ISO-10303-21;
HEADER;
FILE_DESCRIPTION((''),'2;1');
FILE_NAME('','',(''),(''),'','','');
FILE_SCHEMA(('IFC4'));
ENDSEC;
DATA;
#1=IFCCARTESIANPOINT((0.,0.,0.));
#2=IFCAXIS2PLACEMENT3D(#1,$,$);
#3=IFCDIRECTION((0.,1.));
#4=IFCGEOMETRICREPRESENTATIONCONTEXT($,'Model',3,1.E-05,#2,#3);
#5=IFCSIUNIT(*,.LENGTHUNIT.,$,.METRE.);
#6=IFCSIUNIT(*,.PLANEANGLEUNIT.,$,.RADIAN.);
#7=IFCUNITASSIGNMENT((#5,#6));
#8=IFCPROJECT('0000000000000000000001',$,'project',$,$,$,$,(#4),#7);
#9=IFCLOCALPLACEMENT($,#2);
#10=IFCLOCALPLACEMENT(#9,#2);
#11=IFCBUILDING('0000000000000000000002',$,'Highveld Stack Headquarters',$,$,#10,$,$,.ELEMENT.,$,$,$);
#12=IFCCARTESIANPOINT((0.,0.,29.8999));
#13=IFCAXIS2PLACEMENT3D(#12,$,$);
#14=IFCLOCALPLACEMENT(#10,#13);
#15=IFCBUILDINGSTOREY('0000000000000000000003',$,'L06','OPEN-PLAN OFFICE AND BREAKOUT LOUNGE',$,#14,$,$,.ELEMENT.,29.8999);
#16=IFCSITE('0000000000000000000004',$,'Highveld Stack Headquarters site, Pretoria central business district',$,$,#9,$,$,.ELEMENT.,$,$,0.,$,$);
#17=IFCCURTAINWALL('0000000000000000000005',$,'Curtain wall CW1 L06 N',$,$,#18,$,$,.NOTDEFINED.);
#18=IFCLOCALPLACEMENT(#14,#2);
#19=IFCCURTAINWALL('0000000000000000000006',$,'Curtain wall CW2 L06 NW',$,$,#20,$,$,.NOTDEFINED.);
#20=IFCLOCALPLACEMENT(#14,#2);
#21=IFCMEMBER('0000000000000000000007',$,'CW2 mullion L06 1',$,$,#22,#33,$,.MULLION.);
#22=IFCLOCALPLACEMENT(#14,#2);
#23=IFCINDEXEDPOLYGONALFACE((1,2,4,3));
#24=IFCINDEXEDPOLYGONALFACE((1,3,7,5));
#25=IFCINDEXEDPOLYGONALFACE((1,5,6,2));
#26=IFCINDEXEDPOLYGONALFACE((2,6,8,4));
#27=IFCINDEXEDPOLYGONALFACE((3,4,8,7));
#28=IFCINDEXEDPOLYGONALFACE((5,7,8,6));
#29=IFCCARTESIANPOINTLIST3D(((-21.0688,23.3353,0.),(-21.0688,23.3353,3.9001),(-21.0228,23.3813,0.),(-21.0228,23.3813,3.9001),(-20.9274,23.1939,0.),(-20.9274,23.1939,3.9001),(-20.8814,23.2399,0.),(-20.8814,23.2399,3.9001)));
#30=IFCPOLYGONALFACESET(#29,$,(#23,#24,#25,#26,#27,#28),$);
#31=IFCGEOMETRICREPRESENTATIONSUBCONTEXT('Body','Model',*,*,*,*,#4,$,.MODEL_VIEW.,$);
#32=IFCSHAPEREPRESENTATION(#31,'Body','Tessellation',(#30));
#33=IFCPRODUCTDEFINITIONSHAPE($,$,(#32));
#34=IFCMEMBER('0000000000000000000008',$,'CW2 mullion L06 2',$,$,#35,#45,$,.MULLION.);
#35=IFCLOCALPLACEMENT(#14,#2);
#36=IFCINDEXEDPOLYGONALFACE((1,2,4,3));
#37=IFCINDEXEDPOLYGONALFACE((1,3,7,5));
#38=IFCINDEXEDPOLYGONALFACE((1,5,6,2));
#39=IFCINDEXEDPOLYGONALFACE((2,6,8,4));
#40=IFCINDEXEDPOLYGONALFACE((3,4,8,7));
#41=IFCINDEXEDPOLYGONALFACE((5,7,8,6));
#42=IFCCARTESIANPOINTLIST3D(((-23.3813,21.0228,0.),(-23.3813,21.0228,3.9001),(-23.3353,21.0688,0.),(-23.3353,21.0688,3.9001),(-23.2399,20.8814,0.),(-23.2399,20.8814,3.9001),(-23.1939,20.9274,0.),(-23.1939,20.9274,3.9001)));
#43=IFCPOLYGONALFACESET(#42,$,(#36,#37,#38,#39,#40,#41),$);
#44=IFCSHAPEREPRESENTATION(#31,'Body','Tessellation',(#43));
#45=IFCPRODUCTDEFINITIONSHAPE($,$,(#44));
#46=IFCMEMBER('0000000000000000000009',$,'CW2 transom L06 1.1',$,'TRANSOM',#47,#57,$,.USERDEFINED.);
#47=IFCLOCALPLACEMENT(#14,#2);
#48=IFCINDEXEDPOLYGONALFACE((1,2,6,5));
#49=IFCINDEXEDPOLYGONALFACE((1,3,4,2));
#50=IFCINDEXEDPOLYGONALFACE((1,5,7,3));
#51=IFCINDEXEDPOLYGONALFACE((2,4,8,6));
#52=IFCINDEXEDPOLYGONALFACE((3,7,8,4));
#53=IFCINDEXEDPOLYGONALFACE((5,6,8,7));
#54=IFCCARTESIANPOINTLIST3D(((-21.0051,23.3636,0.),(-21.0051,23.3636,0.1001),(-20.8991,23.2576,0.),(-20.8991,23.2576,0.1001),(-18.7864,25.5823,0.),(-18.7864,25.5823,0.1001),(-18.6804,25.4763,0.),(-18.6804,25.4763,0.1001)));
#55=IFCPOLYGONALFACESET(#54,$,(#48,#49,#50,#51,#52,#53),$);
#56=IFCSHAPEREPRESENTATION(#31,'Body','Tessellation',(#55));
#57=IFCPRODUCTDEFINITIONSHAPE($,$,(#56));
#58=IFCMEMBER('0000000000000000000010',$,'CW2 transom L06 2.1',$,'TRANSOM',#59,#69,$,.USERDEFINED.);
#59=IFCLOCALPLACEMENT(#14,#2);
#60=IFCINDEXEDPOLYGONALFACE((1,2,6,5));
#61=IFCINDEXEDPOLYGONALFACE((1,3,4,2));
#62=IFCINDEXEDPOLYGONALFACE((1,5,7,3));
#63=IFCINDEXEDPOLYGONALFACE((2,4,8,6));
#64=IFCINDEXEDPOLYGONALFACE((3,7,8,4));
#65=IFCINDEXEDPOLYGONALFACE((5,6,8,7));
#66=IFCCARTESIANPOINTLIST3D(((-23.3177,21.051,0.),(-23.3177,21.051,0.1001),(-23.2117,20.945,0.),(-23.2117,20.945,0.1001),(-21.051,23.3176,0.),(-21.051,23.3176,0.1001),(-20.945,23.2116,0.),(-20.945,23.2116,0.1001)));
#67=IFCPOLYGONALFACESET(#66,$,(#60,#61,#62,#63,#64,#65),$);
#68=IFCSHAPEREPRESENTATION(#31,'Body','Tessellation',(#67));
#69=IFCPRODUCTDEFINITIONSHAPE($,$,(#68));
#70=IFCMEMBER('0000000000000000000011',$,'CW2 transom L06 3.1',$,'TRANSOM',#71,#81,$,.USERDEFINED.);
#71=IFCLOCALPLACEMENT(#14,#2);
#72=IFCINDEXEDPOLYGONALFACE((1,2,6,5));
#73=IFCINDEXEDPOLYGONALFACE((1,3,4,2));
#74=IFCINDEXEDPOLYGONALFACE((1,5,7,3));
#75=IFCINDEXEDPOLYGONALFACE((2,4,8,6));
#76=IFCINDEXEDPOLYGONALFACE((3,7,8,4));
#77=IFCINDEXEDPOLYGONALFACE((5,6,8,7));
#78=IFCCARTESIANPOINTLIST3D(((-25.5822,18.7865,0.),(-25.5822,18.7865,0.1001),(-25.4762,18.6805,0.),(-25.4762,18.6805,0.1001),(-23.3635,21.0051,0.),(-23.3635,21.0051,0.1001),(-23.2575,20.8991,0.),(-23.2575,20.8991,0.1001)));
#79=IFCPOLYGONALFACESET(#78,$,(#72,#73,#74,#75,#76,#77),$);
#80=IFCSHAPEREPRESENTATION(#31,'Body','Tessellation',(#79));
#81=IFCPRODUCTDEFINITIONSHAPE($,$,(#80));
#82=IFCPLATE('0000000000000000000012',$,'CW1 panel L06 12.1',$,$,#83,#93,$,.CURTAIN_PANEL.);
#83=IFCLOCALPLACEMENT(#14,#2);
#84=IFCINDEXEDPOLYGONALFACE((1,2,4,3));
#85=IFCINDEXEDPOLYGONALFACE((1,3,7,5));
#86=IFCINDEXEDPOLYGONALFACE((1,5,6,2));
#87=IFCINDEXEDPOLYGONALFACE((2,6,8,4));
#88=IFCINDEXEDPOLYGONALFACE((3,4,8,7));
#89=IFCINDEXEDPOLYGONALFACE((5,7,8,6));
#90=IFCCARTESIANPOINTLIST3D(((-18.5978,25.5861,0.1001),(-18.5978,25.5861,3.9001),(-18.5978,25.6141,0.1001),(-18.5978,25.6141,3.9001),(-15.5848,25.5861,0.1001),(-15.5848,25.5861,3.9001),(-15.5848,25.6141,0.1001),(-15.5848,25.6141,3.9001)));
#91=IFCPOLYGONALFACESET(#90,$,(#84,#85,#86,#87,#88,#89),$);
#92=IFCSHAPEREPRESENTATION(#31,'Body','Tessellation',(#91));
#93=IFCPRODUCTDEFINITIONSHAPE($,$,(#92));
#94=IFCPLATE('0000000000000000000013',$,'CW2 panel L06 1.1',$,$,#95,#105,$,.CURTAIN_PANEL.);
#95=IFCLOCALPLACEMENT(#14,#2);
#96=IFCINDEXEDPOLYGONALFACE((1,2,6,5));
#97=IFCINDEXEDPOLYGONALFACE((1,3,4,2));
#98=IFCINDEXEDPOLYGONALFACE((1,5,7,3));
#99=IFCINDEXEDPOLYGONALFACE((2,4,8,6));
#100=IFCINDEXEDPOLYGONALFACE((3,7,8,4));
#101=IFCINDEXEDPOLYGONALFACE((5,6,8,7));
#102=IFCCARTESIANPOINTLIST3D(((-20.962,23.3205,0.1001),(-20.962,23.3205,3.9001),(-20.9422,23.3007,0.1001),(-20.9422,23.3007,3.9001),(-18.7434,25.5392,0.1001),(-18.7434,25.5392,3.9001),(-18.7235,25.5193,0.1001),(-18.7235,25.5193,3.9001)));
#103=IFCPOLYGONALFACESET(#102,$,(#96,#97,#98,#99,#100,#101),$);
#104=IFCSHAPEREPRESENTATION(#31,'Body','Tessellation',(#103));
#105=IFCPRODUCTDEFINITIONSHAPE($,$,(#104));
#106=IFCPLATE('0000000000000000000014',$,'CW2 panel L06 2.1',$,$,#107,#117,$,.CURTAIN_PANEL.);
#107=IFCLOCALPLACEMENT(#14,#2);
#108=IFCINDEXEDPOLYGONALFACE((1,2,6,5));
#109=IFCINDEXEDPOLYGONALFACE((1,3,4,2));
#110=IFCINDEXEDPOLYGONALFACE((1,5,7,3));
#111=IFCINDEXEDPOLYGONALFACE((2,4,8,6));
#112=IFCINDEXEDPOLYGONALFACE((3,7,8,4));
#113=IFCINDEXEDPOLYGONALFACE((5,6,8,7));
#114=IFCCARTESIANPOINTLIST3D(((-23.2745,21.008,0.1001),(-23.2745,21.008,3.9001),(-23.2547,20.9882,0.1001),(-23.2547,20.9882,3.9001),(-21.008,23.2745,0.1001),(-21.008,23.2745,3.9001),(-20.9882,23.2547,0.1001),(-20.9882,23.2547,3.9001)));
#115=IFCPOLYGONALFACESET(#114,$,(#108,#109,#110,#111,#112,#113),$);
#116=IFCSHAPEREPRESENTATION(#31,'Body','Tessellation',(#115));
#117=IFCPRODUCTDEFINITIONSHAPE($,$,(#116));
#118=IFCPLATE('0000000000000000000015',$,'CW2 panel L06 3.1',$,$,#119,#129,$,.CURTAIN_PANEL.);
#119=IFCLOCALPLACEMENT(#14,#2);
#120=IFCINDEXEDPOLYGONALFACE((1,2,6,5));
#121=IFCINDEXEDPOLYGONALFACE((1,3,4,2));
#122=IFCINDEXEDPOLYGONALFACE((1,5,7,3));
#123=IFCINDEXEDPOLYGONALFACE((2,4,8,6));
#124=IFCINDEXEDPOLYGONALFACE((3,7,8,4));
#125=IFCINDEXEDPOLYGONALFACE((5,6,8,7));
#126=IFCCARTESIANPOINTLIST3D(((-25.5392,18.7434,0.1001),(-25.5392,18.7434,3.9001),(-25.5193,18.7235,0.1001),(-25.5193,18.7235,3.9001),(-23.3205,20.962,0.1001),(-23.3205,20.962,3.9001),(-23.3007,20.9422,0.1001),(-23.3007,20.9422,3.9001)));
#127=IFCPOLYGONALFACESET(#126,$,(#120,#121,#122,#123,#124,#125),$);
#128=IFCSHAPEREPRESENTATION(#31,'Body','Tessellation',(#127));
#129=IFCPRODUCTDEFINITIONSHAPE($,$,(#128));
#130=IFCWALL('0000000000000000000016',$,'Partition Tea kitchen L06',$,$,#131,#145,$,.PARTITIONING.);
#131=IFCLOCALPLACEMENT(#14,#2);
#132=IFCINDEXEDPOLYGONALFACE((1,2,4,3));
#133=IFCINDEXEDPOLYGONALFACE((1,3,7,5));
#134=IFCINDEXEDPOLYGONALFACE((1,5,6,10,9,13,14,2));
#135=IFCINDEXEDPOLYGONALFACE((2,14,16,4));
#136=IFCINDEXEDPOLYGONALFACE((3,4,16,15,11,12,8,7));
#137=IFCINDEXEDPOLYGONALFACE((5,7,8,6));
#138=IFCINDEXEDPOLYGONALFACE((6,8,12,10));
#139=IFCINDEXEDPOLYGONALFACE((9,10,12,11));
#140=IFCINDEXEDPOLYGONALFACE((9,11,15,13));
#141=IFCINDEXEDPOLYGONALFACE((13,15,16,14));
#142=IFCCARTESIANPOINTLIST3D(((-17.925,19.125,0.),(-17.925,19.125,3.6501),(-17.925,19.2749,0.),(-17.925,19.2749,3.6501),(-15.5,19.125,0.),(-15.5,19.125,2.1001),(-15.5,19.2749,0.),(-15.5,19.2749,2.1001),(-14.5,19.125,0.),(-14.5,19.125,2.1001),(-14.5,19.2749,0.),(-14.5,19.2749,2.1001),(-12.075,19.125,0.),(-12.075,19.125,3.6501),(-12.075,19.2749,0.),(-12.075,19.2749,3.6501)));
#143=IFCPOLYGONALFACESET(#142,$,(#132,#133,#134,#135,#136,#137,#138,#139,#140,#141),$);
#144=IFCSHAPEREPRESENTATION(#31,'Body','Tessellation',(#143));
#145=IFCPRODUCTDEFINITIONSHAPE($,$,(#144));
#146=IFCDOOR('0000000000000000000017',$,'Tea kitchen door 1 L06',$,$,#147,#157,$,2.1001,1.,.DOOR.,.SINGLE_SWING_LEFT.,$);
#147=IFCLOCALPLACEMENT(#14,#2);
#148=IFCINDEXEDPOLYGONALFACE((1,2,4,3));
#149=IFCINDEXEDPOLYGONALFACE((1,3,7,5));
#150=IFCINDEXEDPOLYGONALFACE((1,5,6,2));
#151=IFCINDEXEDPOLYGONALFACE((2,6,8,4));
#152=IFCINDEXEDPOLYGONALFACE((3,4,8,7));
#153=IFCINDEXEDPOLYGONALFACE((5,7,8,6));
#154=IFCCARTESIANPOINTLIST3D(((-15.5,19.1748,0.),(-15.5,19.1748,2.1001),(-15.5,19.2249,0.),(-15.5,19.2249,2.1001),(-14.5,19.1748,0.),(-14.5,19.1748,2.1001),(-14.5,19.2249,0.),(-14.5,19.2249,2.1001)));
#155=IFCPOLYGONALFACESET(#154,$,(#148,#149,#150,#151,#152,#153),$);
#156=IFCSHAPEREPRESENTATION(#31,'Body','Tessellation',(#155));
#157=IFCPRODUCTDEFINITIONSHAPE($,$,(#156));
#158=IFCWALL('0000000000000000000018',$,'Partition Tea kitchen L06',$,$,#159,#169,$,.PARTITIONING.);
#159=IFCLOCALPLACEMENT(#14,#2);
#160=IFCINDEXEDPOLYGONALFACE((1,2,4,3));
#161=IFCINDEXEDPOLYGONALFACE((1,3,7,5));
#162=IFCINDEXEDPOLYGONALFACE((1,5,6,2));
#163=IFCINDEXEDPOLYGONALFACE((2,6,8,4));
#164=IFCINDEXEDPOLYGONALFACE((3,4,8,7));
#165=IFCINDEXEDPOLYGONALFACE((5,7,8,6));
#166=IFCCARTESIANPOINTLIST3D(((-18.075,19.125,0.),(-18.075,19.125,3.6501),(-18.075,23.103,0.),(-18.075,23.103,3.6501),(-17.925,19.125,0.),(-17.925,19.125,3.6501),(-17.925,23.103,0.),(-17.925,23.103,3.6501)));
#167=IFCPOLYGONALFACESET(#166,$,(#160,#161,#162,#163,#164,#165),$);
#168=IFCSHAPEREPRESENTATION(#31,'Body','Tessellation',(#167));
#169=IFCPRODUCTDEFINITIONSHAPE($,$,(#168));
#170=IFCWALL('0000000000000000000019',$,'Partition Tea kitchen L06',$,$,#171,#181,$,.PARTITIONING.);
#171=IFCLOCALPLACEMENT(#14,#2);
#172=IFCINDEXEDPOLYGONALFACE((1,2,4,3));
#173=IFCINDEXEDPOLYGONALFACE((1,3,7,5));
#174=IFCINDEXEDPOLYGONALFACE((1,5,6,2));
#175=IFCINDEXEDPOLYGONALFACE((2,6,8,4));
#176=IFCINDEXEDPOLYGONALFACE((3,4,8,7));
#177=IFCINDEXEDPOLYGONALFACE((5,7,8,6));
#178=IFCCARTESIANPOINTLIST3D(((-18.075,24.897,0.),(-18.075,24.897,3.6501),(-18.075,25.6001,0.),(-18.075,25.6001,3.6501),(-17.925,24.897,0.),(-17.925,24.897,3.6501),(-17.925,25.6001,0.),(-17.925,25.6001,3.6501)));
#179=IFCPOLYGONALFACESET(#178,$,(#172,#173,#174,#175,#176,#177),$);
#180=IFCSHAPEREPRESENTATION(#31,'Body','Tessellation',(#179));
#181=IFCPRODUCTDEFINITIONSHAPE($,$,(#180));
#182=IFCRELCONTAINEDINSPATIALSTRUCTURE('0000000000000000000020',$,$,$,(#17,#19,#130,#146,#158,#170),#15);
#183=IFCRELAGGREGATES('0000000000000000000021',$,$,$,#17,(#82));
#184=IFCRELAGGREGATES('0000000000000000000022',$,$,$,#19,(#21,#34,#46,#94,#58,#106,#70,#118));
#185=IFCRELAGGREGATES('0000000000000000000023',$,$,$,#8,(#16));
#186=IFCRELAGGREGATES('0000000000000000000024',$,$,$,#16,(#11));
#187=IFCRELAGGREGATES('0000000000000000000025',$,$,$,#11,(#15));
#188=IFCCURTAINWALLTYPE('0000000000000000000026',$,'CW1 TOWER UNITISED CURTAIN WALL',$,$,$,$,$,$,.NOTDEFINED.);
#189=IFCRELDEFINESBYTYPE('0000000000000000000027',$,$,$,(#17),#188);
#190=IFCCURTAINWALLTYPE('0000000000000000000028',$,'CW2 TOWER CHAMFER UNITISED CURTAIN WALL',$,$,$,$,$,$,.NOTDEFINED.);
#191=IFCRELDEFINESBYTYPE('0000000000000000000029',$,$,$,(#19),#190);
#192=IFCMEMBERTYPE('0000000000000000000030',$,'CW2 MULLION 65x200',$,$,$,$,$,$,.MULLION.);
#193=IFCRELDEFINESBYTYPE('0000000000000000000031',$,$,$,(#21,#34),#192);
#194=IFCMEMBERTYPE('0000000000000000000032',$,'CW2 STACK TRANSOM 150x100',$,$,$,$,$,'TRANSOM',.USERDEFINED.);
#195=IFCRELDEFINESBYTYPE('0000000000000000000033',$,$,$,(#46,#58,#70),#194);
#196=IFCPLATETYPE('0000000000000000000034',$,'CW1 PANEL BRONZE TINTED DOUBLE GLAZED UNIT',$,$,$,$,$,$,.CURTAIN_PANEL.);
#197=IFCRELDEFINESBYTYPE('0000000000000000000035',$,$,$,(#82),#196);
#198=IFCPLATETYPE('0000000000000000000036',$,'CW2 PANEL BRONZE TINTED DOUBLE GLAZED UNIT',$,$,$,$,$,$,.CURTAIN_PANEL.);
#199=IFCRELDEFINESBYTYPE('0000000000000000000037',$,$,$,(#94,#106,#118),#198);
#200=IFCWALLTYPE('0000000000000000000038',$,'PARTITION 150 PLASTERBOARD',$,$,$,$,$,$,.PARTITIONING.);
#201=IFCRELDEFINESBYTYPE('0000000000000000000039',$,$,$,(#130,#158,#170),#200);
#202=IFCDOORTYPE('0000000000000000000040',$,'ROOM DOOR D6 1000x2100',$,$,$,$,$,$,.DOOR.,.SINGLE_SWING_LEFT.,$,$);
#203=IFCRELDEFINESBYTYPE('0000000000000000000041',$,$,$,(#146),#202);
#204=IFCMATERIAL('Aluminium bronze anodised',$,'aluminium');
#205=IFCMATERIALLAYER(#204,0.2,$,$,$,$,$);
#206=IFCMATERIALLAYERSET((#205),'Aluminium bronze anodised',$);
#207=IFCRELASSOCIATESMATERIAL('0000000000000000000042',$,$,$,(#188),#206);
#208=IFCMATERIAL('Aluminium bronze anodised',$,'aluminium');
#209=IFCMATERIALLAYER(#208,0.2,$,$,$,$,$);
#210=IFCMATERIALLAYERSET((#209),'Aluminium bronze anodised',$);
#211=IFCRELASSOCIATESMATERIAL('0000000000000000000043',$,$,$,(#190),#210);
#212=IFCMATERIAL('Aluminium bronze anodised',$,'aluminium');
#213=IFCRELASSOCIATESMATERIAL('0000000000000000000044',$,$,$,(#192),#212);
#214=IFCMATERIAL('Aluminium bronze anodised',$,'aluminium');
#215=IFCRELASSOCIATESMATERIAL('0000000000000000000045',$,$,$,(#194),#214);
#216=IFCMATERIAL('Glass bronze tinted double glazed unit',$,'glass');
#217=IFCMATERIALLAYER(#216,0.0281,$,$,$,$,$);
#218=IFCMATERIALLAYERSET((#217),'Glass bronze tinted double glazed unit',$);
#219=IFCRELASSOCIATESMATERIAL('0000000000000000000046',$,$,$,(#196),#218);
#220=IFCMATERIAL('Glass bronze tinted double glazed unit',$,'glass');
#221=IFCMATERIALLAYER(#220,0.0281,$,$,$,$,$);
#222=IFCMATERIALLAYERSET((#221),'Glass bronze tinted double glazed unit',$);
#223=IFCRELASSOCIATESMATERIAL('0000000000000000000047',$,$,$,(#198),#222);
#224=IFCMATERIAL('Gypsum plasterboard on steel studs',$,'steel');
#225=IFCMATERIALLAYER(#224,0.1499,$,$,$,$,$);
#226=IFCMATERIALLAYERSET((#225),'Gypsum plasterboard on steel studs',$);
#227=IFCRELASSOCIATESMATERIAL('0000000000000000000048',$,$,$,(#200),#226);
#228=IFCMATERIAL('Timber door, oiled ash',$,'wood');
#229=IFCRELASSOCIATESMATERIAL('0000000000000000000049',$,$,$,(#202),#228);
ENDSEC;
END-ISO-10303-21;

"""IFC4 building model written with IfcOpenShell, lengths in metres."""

from ifc_helpers import new_model, si_unit, direction, frame, frame_2d, origin, origin_2d, place, context, subcontext, project, spatial, rectangle, extrude, material, layer, layer_set, material_profile, profile_set, type_object, element, fill, aggregate, save


model = new_model("IFC4")

# Units and contexts
model_context = context("Model", 3, precision=1e-05, world=origin(), true_north=direction((0.0, 1.0)))
body_context = subcontext(model_context, "Body", "Model", "MODEL_VIEW")
ifc_project = project(units=[si_unit("LENGTHUNIT", "METRE"), si_unit("PLANEANGLEUNIT", "RADIAN")], contexts=[model_context])

# Site, building, storey
site_placement = place(None, origin())
site = spatial("IfcSite", under=ifc_project, at=site_placement, Name="Highveld Stack Headquarters site, Pretoria central business district", CompositionType="ELEMENT", RefElevation=0.0)
building_placement = place(site_placement, origin())
building = spatial("IfcBuilding", under=site, at=building_placement, Name="Highveld Stack Headquarters", CompositionType="ELEMENT")
storey_placement = place(building_placement, frame((0.0, 0.0, 29.8999)))
storey = spatial("IfcBuildingStorey", under=building, at=storey_placement, Name="L06", Description="OPEN-PLAN OFFICE AND BREAKOUT LOUNGE", CompositionType="ELEMENT", Elevation=29.8999)

# Curtain wall
ifc_material_1 = material(Name="Aluminium bronze anodised", Category="aluminium")
ifc_layer_1 = layer(ifc_material_1, 0.2)
ifc_layer_set_1 = layer_set([ifc_layer_1], Name="Aluminium bronze anodised")
curtain_wall_type_1 = type_object("IfcCurtainWallType", Name="CW1 TOWER UNITISED CURTAIN WALL", PredefinedType="NOTDEFINED", material=ifc_layer_set_1)
curtain_wall_1_placement = place(storey_placement, origin())
curtain_wall_1 = element("IfcCurtainWall", 1, at=curtain_wall_1_placement, inside=storey, type_object=curtain_wall_type_1, Name="Curtain wall CW1 L06 N", PredefinedType="NOTDEFINED")

# Curtain wall, members
ifc_material_2 = material(Name="Aluminium bronze anodised", Category="aluminium")
ifc_layer_2 = layer(ifc_material_2, 0.2)
ifc_layer_set_2 = layer_set([ifc_layer_2], Name="Aluminium bronze anodised")
curtain_wall_type_2 = type_object("IfcCurtainWallType", Name="CW2 TOWER CHAMFER UNITISED CURTAIN WALL", PredefinedType="NOTDEFINED", material=ifc_layer_set_2)
curtain_wall_2_placement = place(storey_placement, origin())
curtain_wall_2 = element("IfcCurtainWall", 2, at=curtain_wall_2_placement, inside=storey, type_object=curtain_wall_type_2, Name="Curtain wall CW2 L06 NW", PredefinedType="NOTDEFINED")
ifc_material_3 = material(Name="Aluminium bronze anodised", Category="aluminium")
ifc_material_profile_1 = material_profile(ifc_material_3, rectangle(XDim=0.2, YDim=0.0649, at=origin_2d()), Name="CW2 MULLION 65x200")
ifc_profile_set_1 = profile_set([ifc_material_profile_1], Name="Aluminium bronze anodised")
member_type_1 = type_object("IfcMemberType", Name="CW2 MULLION 65x200", PredefinedType="MULLION", material=ifc_profile_set_1)
member_1_placement = place(storey_placement, frame((-20.9751, 23.2876, 0.0), z_axis=(0.0, 0.0, 1.0), x_axis=(0.707107, -0.707107, 0.0)))
member_1 = element("IfcMember", 3, at=member_1_placement, type_object=member_type_1, Name="CW2 mullion L06 1", PredefinedType="MULLION", context=body_context, shape_type="SweptSolid", body=[
    extrude(rectangle(XDim=0.2, YDim=0.0649, at=origin_2d()), origin(), (0.0, 0.0, 1.0), 3.9001),
])
member_2_placement = place(storey_placement, frame((-23.2876, 20.9751, 0.0), z_axis=(0.0, 0.0, 1.0), x_axis=(0.707107, -0.707107, 0.0)))
member_2 = element("IfcMember", 4, at=member_2_placement, type_object=member_type_1, Name="CW2 mullion L06 2", PredefinedType="MULLION", context=body_context, shape_type="SweptSolid", body=[
    extrude(rectangle(XDim=0.2, YDim=0.0649, at=origin_2d()), origin(), (0.0, 0.0, 1.0), 3.9001),
])
ifc_material_4 = material(Name="Aluminium bronze anodised", Category="aluminium")
ifc_material_profile_2 = material_profile(ifc_material_4, rectangle(XDim=0.1499, YDim=0.1001, at=origin_2d()), Name="CW2 TRANSOM 150x100")
ifc_profile_set_2 = profile_set([ifc_material_profile_2], Name="Aluminium bronze anodised")
member_type_2 = type_object("IfcMemberType", Name="CW2 STACK TRANSOM 150x100", ElementType="TRANSOM", PredefinedType="USERDEFINED", material=ifc_profile_set_2)
member_3_placement = place(storey_placement, frame((-18.7334, 25.5293, 0.05), z_axis=(-0.707107, -0.707107, 0.0), x_axis=(0.707107, -0.707107, 0.0)))
member_3 = element("IfcMember", 5, at=member_3_placement, type_object=member_type_2, Name="CW2 transom L06 1.1", ObjectType="TRANSOM", PredefinedType="USERDEFINED", context=body_context, shape_type="SweptSolid", body=[
    extrude(rectangle(XDim=0.1499, YDim=0.1001, at=origin_2d()), origin(), (0.0, 0.0, 1.0), 3.1377),
])
member_4_placement = place(storey_placement, frame((-20.998, 23.2646, 0.05), z_axis=(-0.707107, -0.707107, 0.0), x_axis=(0.707107, -0.707107, 0.0)))
member_4 = element("IfcMember", 6, at=member_4_placement, type_object=member_type_2, Name="CW2 transom L06 2.1", ObjectType="TRANSOM", PredefinedType="USERDEFINED", context=body_context, shape_type="SweptSolid", body=[
    extrude(rectangle(XDim=0.1499, YDim=0.1001, at=origin_2d()), origin(), (0.0, 0.0, 1.0), 3.2056),
])
member_5_placement = place(storey_placement, frame((-23.3105, 20.9521, 0.05), z_axis=(-0.707107, -0.707107, 0.0), x_axis=(0.707107, -0.707107, 0.0)))
member_5 = element("IfcMember", 7, at=member_5_placement, type_object=member_type_2, Name="CW2 transom L06 3.1", ObjectType="TRANSOM", PredefinedType="USERDEFINED", context=body_context, shape_type="SweptSolid", body=[
    extrude(rectangle(XDim=0.1499, YDim=0.1001, at=origin_2d()), origin(), (0.0, 0.0, 1.0), 3.1377),
])

# Plates
ifc_material_5 = material(Name="Glass bronze tinted double glazed unit", Category="glass")
ifc_layer_3 = layer(ifc_material_5, 0.0281)
ifc_layer_set_3 = layer_set([ifc_layer_3], Name="Glass bronze tinted double glazed unit")
plate_type_1 = type_object("IfcPlateType", Name="CW1 PANEL BRONZE TINTED DOUBLE GLAZED UNIT", PredefinedType="CURTAIN_PANEL", material=ifc_layer_set_3)
plate_1_placement = place(storey_placement, frame((-17.0913, 25.6001, 0.1001), z_axis=(0.0, 0.0, 1.0), x_axis=(-1.0, 0.0, 0.0)))
plate_1 = element("IfcPlate", 8, at=plate_1_placement, type_object=plate_type_1, Name="CW1 panel L06 12.1", PredefinedType="CURTAIN_PANEL", context=body_context, shape_type="SweptSolid", body=[
    extrude(rectangle(XDim=3.0129, YDim=0.0281, at=origin_2d()), origin(), (0.0, 0.0, 1.0), 3.8),
])
aggregate(curtain_wall_1, [plate_1])
ifc_material_6 = material(Name="Glass bronze tinted double glazed unit", Category="glass")
ifc_layer_4 = layer(ifc_material_6, 0.0281)
ifc_layer_set_4 = layer_set([ifc_layer_4], Name="Glass bronze tinted double glazed unit")
plate_type_2 = type_object("IfcPlateType", Name="CW2 PANEL BRONZE TINTED DOUBLE GLAZED UNIT", PredefinedType="CURTAIN_PANEL", material=ifc_layer_set_4)
plate_2_placement = place(storey_placement, frame((-19.8428, 24.4199, 0.1001), z_axis=(0.0, 0.0, 1.0), x_axis=(-0.707107, -0.707107, 0.0)))
plate_2 = element("IfcPlate", 9, at=plate_2_placement, type_object=plate_type_2, Name="CW2 panel L06 1.1", PredefinedType="CURTAIN_PANEL", context=body_context, shape_type="SweptSolid", body=[
    extrude(rectangle(XDim=3.1377, YDim=0.0281, at=origin_2d()), origin(), (0.0, 0.0, 1.0), 3.8),
])
plate_3_placement = place(storey_placement, frame((-22.1313, 22.1313, 0.1001), z_axis=(0.0, 0.0, 1.0), x_axis=(-0.707107, -0.707107, 0.0)))
plate_3 = element("IfcPlate", 10, at=plate_3_placement, type_object=plate_type_2, Name="CW2 panel L06 2.1", PredefinedType="CURTAIN_PANEL", context=body_context, shape_type="SweptSolid", body=[
    extrude(rectangle(XDim=3.2053, YDim=0.0281, at=origin_2d()), origin(), (0.0, 0.0, 1.0), 3.8),
])
plate_4_placement = place(storey_placement, frame((-24.4199, 19.8428, 0.1001), z_axis=(0.0, 0.0, 1.0), x_axis=(-0.707107, -0.707107, 0.0)))
plate_4 = element("IfcPlate", 11, at=plate_4_placement, type_object=plate_type_2, Name="CW2 panel L06 3.1", PredefinedType="CURTAIN_PANEL", context=body_context, shape_type="SweptSolid", body=[
    extrude(rectangle(XDim=3.1377, YDim=0.0281, at=origin_2d()), origin(), (0.0, 0.0, 1.0), 3.8),
])
aggregate(curtain_wall_2, [member_1, member_2, member_3, plate_2, member_4, plate_3, member_5, plate_4])

# Wall, opening, door
ifc_material_7 = material(Name="Gypsum plasterboard on steel studs", Category="steel")
ifc_layer_5 = layer(ifc_material_7, 0.1499)
ifc_layer_set_5 = layer_set([ifc_layer_5], Name="Gypsum plasterboard on steel studs")
wall_type = type_object("IfcWallType", Name="PARTITION 150 PLASTERBOARD", PredefinedType="PARTITIONING", material=ifc_layer_set_5)
wall_1_placement = place(storey_placement, frame((-17.925, 19.2, 0.0), z_axis=(0.0, 0.0, 1.0), x_axis=(1.0, 0.0, 0.0)))
wall_1 = element("IfcWall", 12, at=wall_1_placement, inside=storey, type_object=wall_type, Name="Partition Tea kitchen L06", PredefinedType="PARTITIONING", context=body_context, shape_type="SweptSolid", body=[
    extrude(rectangle(XDim=5.8501, YDim=0.1499, at=frame_2d((2.925, 0.0))), origin(), (0.0, 0.0, 1.0), 3.6501),
])
opening_placement = place(wall_1_placement, frame((2.425, 0.0, 0.0)))
opening = element("IfcOpeningElement", 13, at=opening_placement, cuts=wall_1, PredefinedType="OPENING", context=body_context, shape_type="SweptSolid", body=[
    extrude(rectangle(XDim=1.0, YDim=2.1001, at=frame_2d((0.5, 1.05))), frame((0.0, 0.085, 0.0), z_axis=(0.0, -1.0, 0.0), x_axis=(1.0, 0.0, 0.0)), (0.0, 0.0, 1.0), 0.1699),
])
ifc_material_8 = material(Name="Timber door, oiled ash", Category="wood")
door_type = type_object("IfcDoorType", Name="ROOM DOOR D6 1000x2100", OperationType="SINGLE_SWING_LEFT", PredefinedType="DOOR", material=ifc_material_8)
door_placement = place(opening_placement, origin())
door = element("IfcDoor", 14, at=door_placement, inside=storey, type_object=door_type, Name="Tea kitchen door 1 L06", OperationType="SINGLE_SWING_LEFT", OverallHeight=2.1001, OverallWidth=1.0, PredefinedType="DOOR", context=body_context, shape_type="SweptSolid", body=[
    extrude(rectangle(XDim=1.0, YDim=2.1001, at=frame_2d((0.5, 1.05))), frame((0.0, 0.0249, 0.0), z_axis=(0.0, -1.0, 0.0), x_axis=(1.0, 0.0, 0.0)), (0.0, 0.0, 1.0), 0.05),
])
fill(opening, door)

# Walls
wall_2_placement = place(storey_placement, frame((-18.0, 19.125, 0.0), z_axis=(0.0, 0.0, 1.0), x_axis=(0.0, 1.0, 0.0)))
element("IfcWall", 15, at=wall_2_placement, inside=storey, type_object=wall_type, Name="Partition Tea kitchen L06", PredefinedType="PARTITIONING", context=body_context, shape_type="SweptSolid", body=[
    extrude(rectangle(XDim=3.978, YDim=0.1499, at=frame_2d((1.989, 0.0))), origin(), (0.0, 0.0, 1.0), 3.6501),
])
wall_3_placement = place(storey_placement, frame((-18.0, 24.897, 0.0), z_axis=(0.0, 0.0, 1.0), x_axis=(0.0, 1.0, 0.0)))
element("IfcWall", 16, at=wall_3_placement, inside=storey, type_object=wall_type, Name="Partition Tea kitchen L06", PredefinedType="PARTITIONING", context=body_context, shape_type="SweptSolid", body=[
    extrude(rectangle(XDim=0.7031, YDim=0.1499, at=frame_2d((0.3516, 0.0))), origin(), (0.0, 0.0, 1.0), 3.6501),
])

save(model, "model.ifc")
